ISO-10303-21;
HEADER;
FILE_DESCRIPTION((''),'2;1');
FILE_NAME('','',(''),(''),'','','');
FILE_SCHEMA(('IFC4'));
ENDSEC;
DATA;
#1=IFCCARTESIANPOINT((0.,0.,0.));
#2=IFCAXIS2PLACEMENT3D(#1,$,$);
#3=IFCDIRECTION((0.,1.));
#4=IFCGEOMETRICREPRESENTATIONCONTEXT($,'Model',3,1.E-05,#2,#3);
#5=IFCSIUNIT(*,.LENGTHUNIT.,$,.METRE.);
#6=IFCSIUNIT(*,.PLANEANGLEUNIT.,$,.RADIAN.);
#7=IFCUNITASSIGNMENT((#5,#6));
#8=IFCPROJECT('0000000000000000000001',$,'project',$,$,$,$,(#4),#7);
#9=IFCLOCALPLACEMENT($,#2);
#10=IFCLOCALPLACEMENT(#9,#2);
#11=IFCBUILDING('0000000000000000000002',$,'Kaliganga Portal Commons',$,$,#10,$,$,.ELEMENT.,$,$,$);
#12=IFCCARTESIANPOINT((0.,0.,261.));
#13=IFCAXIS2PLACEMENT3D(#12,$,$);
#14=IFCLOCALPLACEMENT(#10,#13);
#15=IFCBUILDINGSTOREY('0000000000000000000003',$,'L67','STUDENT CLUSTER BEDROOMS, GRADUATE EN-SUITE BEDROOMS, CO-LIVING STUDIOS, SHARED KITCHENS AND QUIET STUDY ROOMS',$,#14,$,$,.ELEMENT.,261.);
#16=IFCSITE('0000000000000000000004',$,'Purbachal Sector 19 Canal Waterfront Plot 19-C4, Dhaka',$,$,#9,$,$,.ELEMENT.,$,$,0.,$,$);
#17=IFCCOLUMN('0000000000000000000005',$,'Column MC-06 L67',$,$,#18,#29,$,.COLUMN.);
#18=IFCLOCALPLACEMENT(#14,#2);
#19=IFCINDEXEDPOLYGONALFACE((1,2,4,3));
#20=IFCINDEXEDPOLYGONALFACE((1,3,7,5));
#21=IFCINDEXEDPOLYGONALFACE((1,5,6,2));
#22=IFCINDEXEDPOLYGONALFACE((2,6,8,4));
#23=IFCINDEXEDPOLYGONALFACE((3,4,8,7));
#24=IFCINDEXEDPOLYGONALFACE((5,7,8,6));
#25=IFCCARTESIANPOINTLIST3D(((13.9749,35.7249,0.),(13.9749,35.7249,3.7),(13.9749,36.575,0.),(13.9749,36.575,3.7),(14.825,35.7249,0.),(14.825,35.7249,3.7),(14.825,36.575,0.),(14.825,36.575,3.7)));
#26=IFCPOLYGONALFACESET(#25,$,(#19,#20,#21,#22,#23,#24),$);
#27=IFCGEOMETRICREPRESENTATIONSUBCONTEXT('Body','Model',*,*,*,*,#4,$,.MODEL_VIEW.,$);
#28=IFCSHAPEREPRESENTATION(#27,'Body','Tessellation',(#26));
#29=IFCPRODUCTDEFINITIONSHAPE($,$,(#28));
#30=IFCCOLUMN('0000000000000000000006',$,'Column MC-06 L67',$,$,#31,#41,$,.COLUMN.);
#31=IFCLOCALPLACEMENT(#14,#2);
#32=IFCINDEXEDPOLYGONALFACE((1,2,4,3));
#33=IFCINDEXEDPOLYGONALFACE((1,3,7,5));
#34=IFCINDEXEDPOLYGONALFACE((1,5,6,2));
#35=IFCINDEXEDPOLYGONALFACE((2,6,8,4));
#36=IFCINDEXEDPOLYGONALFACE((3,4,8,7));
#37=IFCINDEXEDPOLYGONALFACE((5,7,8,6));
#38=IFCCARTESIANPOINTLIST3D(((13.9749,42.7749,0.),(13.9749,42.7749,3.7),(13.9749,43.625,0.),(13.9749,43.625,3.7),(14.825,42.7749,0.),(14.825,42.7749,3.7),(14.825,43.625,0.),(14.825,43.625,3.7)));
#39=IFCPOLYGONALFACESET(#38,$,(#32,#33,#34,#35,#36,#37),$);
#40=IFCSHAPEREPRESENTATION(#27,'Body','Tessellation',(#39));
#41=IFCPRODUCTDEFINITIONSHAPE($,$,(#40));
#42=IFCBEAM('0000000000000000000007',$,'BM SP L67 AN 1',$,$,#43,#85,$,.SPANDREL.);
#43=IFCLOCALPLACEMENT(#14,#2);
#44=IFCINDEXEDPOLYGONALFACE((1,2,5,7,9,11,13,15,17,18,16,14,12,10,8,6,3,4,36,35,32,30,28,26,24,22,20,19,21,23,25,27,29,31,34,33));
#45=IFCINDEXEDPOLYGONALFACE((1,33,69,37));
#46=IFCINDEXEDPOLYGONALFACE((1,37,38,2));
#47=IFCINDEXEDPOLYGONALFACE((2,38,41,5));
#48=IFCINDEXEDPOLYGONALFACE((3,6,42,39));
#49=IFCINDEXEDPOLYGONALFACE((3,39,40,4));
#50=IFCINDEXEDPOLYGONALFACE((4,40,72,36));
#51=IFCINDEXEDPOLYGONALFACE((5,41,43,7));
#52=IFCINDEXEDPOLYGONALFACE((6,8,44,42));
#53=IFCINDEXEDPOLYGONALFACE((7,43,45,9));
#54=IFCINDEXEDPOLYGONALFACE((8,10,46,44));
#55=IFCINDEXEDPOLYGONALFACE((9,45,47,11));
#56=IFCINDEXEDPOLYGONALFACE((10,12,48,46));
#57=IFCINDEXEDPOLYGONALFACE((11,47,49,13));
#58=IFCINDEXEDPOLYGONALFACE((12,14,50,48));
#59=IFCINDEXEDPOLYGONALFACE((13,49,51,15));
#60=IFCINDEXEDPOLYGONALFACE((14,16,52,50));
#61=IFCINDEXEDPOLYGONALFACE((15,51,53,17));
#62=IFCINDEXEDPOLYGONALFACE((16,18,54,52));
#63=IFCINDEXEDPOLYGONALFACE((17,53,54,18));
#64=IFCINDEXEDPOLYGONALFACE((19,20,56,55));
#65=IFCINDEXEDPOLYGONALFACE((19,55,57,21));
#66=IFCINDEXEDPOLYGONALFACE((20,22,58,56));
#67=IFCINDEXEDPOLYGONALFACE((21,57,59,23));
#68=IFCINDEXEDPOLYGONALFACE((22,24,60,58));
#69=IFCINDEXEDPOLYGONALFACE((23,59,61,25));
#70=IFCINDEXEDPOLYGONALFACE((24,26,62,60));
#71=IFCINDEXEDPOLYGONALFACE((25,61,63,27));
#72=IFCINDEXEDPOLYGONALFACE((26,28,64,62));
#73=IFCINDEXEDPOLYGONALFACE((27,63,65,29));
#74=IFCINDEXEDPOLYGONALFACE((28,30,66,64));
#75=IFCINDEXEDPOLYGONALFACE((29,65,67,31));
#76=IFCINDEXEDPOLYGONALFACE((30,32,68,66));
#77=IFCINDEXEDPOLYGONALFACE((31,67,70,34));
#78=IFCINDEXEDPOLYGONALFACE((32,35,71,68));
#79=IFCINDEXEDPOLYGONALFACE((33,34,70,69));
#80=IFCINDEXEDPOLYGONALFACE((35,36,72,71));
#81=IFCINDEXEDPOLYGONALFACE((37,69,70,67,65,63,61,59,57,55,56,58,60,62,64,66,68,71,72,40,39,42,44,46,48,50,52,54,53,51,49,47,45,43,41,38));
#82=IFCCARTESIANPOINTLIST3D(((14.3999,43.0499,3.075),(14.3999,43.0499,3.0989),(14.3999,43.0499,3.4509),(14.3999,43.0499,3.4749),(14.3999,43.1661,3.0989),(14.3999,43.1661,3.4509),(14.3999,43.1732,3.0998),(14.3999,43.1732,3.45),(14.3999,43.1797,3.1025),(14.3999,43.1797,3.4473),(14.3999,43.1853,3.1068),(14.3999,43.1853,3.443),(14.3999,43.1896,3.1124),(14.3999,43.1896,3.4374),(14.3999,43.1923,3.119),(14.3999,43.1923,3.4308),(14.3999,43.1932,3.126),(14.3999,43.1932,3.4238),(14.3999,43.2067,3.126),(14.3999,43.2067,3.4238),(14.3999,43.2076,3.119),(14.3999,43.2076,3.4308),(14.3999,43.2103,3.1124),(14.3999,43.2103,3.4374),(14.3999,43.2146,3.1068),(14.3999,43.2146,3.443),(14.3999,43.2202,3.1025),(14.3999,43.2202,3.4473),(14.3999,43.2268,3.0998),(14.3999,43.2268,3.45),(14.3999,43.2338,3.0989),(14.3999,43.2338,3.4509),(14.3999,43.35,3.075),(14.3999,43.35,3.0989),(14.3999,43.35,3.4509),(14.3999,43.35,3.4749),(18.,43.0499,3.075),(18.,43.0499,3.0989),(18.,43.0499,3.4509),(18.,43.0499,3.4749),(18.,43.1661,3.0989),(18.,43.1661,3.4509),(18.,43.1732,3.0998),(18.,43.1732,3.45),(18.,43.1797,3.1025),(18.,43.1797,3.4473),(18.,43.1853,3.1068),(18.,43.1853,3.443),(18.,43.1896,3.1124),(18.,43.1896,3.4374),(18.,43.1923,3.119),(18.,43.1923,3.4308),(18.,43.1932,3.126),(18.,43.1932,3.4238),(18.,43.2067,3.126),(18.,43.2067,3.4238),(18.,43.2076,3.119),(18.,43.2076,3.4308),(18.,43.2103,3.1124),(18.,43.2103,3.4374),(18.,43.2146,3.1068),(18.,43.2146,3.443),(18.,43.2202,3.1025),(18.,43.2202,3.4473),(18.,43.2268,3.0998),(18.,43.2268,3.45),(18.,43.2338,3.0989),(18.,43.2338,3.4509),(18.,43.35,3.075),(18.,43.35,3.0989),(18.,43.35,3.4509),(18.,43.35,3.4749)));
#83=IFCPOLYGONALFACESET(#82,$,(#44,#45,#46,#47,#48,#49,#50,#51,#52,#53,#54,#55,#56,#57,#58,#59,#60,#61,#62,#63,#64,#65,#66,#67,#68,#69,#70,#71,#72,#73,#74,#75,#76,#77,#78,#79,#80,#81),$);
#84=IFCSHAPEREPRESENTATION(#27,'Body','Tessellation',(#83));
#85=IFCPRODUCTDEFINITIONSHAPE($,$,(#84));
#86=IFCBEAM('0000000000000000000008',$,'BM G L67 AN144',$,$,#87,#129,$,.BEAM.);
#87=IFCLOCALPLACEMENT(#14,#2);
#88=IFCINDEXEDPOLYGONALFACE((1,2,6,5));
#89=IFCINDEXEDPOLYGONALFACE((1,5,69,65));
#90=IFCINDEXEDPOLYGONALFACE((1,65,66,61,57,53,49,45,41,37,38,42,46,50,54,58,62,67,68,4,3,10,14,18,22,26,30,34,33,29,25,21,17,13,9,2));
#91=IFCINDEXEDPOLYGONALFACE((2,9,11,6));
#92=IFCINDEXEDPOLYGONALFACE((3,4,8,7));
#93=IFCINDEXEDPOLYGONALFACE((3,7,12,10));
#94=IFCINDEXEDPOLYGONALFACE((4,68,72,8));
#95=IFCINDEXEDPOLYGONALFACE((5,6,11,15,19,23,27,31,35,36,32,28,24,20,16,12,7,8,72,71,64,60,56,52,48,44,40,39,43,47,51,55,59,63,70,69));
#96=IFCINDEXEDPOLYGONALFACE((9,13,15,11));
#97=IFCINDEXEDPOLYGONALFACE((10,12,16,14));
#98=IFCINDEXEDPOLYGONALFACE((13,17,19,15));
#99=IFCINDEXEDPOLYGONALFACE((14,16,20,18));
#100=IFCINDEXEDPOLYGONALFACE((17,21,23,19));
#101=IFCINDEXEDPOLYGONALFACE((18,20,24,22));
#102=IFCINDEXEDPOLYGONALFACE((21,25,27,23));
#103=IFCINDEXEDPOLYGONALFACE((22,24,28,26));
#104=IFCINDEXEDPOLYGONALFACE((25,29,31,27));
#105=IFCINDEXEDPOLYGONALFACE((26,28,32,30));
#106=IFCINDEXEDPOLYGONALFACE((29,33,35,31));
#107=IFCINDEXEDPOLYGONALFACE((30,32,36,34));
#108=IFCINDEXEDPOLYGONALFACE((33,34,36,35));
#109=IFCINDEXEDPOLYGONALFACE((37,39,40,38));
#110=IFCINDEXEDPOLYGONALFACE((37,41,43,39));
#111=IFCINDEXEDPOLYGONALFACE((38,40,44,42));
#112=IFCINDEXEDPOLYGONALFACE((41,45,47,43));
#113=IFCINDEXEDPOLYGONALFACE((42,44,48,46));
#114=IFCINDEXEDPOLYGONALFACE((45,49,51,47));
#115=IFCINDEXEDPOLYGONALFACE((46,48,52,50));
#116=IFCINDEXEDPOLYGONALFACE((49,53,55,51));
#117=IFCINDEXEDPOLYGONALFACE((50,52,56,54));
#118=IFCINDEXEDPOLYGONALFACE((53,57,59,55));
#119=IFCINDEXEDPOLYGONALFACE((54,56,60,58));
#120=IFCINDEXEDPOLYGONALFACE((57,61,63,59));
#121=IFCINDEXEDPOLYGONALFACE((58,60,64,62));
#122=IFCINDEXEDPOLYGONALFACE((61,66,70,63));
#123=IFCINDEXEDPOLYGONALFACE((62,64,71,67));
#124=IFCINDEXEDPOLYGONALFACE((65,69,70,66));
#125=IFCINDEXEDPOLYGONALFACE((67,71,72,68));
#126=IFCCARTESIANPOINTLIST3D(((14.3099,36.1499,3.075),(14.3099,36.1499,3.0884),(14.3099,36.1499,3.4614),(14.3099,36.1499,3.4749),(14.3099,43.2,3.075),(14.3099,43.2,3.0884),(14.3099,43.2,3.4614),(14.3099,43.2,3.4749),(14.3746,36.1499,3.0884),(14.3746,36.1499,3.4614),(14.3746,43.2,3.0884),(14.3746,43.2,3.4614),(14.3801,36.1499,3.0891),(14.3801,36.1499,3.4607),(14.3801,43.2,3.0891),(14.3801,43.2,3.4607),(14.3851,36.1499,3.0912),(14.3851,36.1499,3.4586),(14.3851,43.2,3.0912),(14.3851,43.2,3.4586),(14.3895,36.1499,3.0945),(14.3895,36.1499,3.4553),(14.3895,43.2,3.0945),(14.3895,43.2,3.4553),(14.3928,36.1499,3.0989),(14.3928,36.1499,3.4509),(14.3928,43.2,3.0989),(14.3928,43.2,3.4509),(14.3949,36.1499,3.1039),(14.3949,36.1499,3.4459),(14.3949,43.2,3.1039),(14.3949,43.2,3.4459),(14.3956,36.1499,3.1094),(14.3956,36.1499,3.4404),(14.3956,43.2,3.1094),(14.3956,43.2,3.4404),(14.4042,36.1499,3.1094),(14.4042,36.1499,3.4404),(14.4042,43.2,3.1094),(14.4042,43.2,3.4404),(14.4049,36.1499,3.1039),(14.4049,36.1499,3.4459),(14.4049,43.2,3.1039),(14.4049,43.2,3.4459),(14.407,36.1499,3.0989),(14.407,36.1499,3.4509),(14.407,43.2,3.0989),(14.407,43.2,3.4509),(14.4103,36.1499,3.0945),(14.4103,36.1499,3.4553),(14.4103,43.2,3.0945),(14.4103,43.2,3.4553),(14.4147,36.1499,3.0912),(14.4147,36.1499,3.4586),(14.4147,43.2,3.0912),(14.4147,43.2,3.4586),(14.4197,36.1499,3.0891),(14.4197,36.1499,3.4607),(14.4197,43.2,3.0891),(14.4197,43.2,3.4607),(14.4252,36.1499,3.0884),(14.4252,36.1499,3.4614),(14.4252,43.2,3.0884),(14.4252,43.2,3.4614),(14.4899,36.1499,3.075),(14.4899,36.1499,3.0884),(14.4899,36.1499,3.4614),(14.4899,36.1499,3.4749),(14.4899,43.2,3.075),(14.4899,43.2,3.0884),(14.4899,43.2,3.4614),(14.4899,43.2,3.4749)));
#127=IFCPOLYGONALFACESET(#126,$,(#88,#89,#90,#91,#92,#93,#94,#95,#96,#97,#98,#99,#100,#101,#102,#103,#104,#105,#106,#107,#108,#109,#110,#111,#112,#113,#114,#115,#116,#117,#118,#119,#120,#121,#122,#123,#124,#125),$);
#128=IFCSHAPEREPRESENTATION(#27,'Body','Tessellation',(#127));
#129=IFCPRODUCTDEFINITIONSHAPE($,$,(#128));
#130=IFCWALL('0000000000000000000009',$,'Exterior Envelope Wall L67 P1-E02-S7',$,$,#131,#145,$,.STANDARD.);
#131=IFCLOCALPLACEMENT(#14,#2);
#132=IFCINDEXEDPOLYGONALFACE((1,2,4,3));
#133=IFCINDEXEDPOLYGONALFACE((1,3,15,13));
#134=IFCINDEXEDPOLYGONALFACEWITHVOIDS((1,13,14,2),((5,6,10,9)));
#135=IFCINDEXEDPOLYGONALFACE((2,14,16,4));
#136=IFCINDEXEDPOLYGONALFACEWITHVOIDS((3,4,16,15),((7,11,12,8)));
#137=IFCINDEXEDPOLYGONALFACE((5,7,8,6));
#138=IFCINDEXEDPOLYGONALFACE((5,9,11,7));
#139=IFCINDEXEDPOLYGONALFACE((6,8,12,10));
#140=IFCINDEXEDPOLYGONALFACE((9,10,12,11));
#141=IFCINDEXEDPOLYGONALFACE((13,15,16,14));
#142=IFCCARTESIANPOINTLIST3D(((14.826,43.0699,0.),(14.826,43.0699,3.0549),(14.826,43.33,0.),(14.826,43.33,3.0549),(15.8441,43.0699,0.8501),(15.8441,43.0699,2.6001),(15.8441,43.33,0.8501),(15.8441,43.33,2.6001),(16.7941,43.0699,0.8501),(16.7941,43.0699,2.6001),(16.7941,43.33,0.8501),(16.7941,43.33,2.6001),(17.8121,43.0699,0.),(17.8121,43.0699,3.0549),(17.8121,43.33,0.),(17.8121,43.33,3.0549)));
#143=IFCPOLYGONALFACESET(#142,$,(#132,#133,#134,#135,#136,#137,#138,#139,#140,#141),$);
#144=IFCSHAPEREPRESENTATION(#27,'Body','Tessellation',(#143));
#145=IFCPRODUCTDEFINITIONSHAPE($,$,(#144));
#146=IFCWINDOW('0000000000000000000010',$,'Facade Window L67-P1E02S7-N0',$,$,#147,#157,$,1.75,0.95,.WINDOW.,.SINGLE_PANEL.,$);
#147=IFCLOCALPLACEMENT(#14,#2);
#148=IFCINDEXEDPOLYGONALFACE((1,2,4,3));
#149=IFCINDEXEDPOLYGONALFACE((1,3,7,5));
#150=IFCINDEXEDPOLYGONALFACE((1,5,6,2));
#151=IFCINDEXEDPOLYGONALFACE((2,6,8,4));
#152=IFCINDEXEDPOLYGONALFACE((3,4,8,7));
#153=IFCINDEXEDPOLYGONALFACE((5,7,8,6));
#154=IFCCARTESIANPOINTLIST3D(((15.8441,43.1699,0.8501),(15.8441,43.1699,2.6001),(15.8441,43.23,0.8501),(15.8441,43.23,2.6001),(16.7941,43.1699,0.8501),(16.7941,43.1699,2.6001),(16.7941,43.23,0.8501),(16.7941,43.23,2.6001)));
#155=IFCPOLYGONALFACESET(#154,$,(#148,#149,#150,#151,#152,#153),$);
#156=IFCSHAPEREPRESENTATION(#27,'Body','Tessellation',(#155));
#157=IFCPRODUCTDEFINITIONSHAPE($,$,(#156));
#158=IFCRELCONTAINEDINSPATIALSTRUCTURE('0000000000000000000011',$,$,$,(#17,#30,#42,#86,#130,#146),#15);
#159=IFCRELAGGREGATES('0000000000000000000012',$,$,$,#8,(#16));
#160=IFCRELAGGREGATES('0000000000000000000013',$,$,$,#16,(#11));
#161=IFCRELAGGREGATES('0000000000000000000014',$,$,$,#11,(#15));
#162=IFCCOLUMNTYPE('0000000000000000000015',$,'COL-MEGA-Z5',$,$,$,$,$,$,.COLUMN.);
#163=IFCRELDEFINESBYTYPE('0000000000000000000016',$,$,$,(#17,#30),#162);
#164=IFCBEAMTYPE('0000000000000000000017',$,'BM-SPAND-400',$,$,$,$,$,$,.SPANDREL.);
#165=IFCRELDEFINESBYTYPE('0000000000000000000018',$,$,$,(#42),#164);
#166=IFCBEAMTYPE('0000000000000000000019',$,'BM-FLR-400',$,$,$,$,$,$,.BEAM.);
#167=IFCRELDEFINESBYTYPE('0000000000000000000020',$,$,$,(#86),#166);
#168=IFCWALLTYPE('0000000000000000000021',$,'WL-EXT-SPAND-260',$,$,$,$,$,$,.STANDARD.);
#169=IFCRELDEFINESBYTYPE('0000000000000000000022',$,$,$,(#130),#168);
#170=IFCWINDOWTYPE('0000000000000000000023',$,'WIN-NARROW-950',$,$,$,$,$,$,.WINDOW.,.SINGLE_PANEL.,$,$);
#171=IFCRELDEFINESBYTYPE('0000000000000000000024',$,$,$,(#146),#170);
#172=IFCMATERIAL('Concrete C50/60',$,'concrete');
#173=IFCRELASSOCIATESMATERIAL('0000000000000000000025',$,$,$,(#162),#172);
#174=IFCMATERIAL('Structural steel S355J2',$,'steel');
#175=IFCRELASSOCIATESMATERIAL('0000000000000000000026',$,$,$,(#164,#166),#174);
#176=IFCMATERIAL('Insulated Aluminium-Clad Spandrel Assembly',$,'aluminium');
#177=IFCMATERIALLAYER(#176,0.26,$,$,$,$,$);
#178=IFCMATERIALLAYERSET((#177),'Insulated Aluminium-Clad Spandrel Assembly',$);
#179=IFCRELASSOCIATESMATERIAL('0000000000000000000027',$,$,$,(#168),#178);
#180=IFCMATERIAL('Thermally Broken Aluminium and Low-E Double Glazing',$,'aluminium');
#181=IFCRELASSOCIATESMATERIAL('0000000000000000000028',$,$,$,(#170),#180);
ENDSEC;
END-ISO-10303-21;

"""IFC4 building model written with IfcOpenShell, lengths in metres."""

from ifc_helpers import new_model, si_unit, direction, frame, frame_2d, origin, origin_2d, place, context, subcontext, project, spatial, rectangle, i_section, extrude, source, transform, mapped, material, layer, layer_set, material_profile, profile_set, type_object, element, fill, save


model = new_model("IFC4")

# Units and contexts
model_context = context("Model", 3, precision=1e-05, world=origin(), true_north=direction((0.0, 1.0)))
body_context = subcontext(model_context, "Body", "Model", "MODEL_VIEW")
ifc_project = project(units=[si_unit("LENGTHUNIT", "METRE"), si_unit("PLANEANGLEUNIT", "RADIAN")], contexts=[model_context])

# Site, building, storey
site_placement = place(None, origin())
site = spatial("IfcSite", under=ifc_project, at=site_placement, Name="Purbachal Sector 19 Canal Waterfront Plot 19-C4, Dhaka", CompositionType="ELEMENT", RefElevation=0.0)
building_placement = place(site_placement, origin())
building = spatial("IfcBuilding", under=site, at=building_placement, Name="Kaliganga Portal Commons", CompositionType="ELEMENT")
storey_placement = place(building_placement, frame((0.0, 0.0, 261.0)))
storey = spatial("IfcBuildingStorey", under=building, at=storey_placement, Name="L67", Description="STUDENT CLUSTER BEDROOMS, GRADUATE EN-SUITE BEDROOMS, CO-LIVING STUDIOS, SHARED KITCHENS AND QUIET STUDY ROOMS", CompositionType="ELEMENT", Elevation=261.0)

# Columns
ifc_material_1 = material(Name="Concrete C50/60", Category="concrete")
ifc_material_profile_1 = material_profile(ifc_material_1, rectangle(XDim=0.8501, YDim=0.8501, at=origin_2d()), Name="RC 850x850")
ifc_profile_set_1 = profile_set([ifc_material_profile_1], Name="Concrete C50/60")
column_type = type_object("IfcColumnType", Name="COL-MEGA-Z5", PredefinedType="COLUMN", material=ifc_profile_set_1)
shared_shape_1 = source(origin(), body_context, "Body", "SweptSolid", [
    extrude(rectangle(XDim=0.8501, YDim=0.8501, at=origin_2d()), origin(), (0.0, 0.0, 1.0), 3.7),
])
for number, where, z_axis, x_axis, name in (
    (1, (14.3999, 36.1499, 0.0), (0.0, 0.0, 1.0), (1.0, 0.0, 0.0), "Column MC-06 L67"),
    (2, (14.3999, 43.2, 0.0), (0.0, 0.0, 1.0), (1.0, 0.0, 0.0), "Column MC-06 L67"),
):
    element("IfcColumn", number, at=place(storey_placement, frame(where, z_axis=z_axis, x_axis=x_axis)), inside=storey, type_object=column_type, Name=name, PredefinedType="COLUMN", context=body_context, shape_type="MappedRepresentation", body=[
        mapped(shared_shape_1, transform((0.0, 0.0, 0.0), x_axis=(1.0, 0.0, 0.0), y_axis=(0.0, 1.0, 0.0), z_axis=(0.0, 0.0, 1.0), scale=1.0)),
    ])

# Beams
ifc_material_2 = material(Name="Structural steel S355J2", Category="steel")
ifc_material_profile_2 = material_profile(ifc_material_2, i_section(OverallWidth=0.3, OverallDepth=0.3999, WebThickness=0.0134, FlangeThickness=0.0239, FilletRadius=0.0271, at=origin_2d()), Name="HE 400 B")
ifc_profile_set_2 = profile_set([ifc_material_profile_2], Name="Structural steel S355J2 wide-flange")
beam_type_1 = type_object("IfcBeamType", Name="BM-SPAND-400", PredefinedType="SPANDREL", material=ifc_profile_set_2)
shared_shape_2 = source(origin(), body_context, "Body", "SweptSolid", [
    extrude(i_section(OverallWidth=0.3, OverallDepth=0.3999, WebThickness=0.0134, FlangeThickness=0.0239, FilletRadius=0.0271, at=origin_2d()), origin(), (0.0, 0.0, 1.0), 3.6001),
])
beam_1_placement = place(storey_placement, frame((14.3999, 43.2, 3.2749), z_axis=(1.0, 0.0, 0.0), x_axis=(0.0, 1.0, 0.0)))
element("IfcBeam", 3, at=beam_1_placement, inside=storey, type_object=beam_type_1, Name="BM SP L67 AN 1", PredefinedType="SPANDREL", context=body_context, shape_type="MappedRepresentation", body=[
    mapped(shared_shape_2, transform((0.0, 0.0, 0.0), x_axis=(1.0, 0.0, 0.0), y_axis=(0.0, 1.0, 0.0), z_axis=(0.0, 0.0, 1.0), scale=1.0)),
])
ifc_material_profile_3 = material_profile(ifc_material_2, i_section(OverallWidth=0.1799, OverallDepth=0.3999, WebThickness=0.0085, FlangeThickness=0.0134, FilletRadius=0.021, at=origin_2d()), Name="IPE 400")
ifc_profile_set_3 = profile_set([ifc_material_profile_3], Name="Structural steel S355J2 wide-flange")
beam_type_2 = type_object("IfcBeamType", Name="BM-FLR-400", PredefinedType="BEAM", material=ifc_profile_set_3)
shared_shape_3 = source(origin(), body_context, "Body", "SweptSolid", [
    extrude(i_section(OverallWidth=0.1799, OverallDepth=0.3999, WebThickness=0.0085, FlangeThickness=0.0134, FilletRadius=0.021, at=origin_2d()), origin(), (0.0, 0.0, 1.0), 7.05),
])
beam_2_placement = place(storey_placement, frame((14.3999, 36.1499, 3.2749), z_axis=(0.0, 1.0, 0.0), x_axis=(-1.0, 0.0, 0.0)))
element("IfcBeam", 4, at=beam_2_placement, inside=storey, type_object=beam_type_2, Name="BM G L67 AN144", PredefinedType="BEAM", context=body_context, shape_type="MappedRepresentation", body=[
    mapped(shared_shape_3, transform((0.0, 0.0, 0.0), x_axis=(1.0, 0.0, 0.0), y_axis=(0.0, 1.0, 0.0), z_axis=(0.0, 0.0, 1.0), scale=1.0)),
])

# Wall, opening, window
ifc_material_3 = material(Name="Insulated Aluminium-Clad Spandrel Assembly", Category="aluminium")
ifc_layer_1 = layer(ifc_material_3, 0.26)
ifc_layer_set_1 = layer_set([ifc_layer_1], Name="Insulated Aluminium-Clad Spandrel Assembly")
wall_type_1 = type_object("IfcWallType", Name="WL-EXT-SPAND-260", PredefinedType="STANDARD", material=ifc_layer_set_1)
wall_1_placement = place(storey_placement, frame((14.8259, 43.2, 0.0), z_axis=(0.0, 0.0, 1.0), x_axis=(1.0, 0.0, 0.0)))
wall_1 = element("IfcWall", 5, at=wall_1_placement, inside=storey, type_object=wall_type_1, Name="Exterior Envelope Wall L67 P1-E02-S7", PredefinedType="STANDARD", context=body_context, shape_type="SweptSolid", body=[
    extrude(rectangle(XDim=2.9861, YDim=0.26, at=frame_2d((1.4932, 0.0))), origin(), (0.0, 0.0, 1.0), 3.0549),
])
opening_1_placement = place(wall_1_placement, frame((1.0181, 0.0, 0.8501)))
opening_1 = element("IfcOpeningElement", 6, at=opening_1_placement, cuts=wall_1, PredefinedType="OPENING", context=body_context, shape_type="SweptSolid", body=[
    extrude(rectangle(XDim=0.95, YDim=1.75, at=frame_2d((0.4751, 0.875))), frame((0.0, 0.1401, 0.0), z_axis=(0.0, -1.0, 0.0), x_axis=(1.0, 0.0, 0.0)), (0.0, 0.0, 1.0), 0.28),
])
ifc_material_4 = material(Name="Thermally Broken Aluminium and Low-E Double Glazing", Category="aluminium")
window_type_1 = type_object("IfcWindowType", Name="WIN-NARROW-950", PartitioningType="SINGLE_PANEL", PredefinedType="WINDOW", material=ifc_material_4)
window_1_placement = place(opening_1_placement, origin())
window_1 = element("IfcWindow", 7, at=window_1_placement, inside=storey, type_object=window_type_1, Name="Facade Window L67-P1E02S7-N0", OverallHeight=1.75, OverallWidth=0.95, PartitioningType="SINGLE_PANEL", PredefinedType="WINDOW", context=body_context, shape_type="SweptSolid", body=[
    extrude(rectangle(XDim=0.95, YDim=1.75, at=frame_2d((0.4751, 0.875))), frame((0.0, 0.03, 0.0), z_axis=(0.0, -1.0, 0.0), x_axis=(1.0, 0.0, 0.0)), (0.0, 0.0, 1.0), 0.0601),
])
fill(opening_1, window_1)

save(model, "model.ifc")
